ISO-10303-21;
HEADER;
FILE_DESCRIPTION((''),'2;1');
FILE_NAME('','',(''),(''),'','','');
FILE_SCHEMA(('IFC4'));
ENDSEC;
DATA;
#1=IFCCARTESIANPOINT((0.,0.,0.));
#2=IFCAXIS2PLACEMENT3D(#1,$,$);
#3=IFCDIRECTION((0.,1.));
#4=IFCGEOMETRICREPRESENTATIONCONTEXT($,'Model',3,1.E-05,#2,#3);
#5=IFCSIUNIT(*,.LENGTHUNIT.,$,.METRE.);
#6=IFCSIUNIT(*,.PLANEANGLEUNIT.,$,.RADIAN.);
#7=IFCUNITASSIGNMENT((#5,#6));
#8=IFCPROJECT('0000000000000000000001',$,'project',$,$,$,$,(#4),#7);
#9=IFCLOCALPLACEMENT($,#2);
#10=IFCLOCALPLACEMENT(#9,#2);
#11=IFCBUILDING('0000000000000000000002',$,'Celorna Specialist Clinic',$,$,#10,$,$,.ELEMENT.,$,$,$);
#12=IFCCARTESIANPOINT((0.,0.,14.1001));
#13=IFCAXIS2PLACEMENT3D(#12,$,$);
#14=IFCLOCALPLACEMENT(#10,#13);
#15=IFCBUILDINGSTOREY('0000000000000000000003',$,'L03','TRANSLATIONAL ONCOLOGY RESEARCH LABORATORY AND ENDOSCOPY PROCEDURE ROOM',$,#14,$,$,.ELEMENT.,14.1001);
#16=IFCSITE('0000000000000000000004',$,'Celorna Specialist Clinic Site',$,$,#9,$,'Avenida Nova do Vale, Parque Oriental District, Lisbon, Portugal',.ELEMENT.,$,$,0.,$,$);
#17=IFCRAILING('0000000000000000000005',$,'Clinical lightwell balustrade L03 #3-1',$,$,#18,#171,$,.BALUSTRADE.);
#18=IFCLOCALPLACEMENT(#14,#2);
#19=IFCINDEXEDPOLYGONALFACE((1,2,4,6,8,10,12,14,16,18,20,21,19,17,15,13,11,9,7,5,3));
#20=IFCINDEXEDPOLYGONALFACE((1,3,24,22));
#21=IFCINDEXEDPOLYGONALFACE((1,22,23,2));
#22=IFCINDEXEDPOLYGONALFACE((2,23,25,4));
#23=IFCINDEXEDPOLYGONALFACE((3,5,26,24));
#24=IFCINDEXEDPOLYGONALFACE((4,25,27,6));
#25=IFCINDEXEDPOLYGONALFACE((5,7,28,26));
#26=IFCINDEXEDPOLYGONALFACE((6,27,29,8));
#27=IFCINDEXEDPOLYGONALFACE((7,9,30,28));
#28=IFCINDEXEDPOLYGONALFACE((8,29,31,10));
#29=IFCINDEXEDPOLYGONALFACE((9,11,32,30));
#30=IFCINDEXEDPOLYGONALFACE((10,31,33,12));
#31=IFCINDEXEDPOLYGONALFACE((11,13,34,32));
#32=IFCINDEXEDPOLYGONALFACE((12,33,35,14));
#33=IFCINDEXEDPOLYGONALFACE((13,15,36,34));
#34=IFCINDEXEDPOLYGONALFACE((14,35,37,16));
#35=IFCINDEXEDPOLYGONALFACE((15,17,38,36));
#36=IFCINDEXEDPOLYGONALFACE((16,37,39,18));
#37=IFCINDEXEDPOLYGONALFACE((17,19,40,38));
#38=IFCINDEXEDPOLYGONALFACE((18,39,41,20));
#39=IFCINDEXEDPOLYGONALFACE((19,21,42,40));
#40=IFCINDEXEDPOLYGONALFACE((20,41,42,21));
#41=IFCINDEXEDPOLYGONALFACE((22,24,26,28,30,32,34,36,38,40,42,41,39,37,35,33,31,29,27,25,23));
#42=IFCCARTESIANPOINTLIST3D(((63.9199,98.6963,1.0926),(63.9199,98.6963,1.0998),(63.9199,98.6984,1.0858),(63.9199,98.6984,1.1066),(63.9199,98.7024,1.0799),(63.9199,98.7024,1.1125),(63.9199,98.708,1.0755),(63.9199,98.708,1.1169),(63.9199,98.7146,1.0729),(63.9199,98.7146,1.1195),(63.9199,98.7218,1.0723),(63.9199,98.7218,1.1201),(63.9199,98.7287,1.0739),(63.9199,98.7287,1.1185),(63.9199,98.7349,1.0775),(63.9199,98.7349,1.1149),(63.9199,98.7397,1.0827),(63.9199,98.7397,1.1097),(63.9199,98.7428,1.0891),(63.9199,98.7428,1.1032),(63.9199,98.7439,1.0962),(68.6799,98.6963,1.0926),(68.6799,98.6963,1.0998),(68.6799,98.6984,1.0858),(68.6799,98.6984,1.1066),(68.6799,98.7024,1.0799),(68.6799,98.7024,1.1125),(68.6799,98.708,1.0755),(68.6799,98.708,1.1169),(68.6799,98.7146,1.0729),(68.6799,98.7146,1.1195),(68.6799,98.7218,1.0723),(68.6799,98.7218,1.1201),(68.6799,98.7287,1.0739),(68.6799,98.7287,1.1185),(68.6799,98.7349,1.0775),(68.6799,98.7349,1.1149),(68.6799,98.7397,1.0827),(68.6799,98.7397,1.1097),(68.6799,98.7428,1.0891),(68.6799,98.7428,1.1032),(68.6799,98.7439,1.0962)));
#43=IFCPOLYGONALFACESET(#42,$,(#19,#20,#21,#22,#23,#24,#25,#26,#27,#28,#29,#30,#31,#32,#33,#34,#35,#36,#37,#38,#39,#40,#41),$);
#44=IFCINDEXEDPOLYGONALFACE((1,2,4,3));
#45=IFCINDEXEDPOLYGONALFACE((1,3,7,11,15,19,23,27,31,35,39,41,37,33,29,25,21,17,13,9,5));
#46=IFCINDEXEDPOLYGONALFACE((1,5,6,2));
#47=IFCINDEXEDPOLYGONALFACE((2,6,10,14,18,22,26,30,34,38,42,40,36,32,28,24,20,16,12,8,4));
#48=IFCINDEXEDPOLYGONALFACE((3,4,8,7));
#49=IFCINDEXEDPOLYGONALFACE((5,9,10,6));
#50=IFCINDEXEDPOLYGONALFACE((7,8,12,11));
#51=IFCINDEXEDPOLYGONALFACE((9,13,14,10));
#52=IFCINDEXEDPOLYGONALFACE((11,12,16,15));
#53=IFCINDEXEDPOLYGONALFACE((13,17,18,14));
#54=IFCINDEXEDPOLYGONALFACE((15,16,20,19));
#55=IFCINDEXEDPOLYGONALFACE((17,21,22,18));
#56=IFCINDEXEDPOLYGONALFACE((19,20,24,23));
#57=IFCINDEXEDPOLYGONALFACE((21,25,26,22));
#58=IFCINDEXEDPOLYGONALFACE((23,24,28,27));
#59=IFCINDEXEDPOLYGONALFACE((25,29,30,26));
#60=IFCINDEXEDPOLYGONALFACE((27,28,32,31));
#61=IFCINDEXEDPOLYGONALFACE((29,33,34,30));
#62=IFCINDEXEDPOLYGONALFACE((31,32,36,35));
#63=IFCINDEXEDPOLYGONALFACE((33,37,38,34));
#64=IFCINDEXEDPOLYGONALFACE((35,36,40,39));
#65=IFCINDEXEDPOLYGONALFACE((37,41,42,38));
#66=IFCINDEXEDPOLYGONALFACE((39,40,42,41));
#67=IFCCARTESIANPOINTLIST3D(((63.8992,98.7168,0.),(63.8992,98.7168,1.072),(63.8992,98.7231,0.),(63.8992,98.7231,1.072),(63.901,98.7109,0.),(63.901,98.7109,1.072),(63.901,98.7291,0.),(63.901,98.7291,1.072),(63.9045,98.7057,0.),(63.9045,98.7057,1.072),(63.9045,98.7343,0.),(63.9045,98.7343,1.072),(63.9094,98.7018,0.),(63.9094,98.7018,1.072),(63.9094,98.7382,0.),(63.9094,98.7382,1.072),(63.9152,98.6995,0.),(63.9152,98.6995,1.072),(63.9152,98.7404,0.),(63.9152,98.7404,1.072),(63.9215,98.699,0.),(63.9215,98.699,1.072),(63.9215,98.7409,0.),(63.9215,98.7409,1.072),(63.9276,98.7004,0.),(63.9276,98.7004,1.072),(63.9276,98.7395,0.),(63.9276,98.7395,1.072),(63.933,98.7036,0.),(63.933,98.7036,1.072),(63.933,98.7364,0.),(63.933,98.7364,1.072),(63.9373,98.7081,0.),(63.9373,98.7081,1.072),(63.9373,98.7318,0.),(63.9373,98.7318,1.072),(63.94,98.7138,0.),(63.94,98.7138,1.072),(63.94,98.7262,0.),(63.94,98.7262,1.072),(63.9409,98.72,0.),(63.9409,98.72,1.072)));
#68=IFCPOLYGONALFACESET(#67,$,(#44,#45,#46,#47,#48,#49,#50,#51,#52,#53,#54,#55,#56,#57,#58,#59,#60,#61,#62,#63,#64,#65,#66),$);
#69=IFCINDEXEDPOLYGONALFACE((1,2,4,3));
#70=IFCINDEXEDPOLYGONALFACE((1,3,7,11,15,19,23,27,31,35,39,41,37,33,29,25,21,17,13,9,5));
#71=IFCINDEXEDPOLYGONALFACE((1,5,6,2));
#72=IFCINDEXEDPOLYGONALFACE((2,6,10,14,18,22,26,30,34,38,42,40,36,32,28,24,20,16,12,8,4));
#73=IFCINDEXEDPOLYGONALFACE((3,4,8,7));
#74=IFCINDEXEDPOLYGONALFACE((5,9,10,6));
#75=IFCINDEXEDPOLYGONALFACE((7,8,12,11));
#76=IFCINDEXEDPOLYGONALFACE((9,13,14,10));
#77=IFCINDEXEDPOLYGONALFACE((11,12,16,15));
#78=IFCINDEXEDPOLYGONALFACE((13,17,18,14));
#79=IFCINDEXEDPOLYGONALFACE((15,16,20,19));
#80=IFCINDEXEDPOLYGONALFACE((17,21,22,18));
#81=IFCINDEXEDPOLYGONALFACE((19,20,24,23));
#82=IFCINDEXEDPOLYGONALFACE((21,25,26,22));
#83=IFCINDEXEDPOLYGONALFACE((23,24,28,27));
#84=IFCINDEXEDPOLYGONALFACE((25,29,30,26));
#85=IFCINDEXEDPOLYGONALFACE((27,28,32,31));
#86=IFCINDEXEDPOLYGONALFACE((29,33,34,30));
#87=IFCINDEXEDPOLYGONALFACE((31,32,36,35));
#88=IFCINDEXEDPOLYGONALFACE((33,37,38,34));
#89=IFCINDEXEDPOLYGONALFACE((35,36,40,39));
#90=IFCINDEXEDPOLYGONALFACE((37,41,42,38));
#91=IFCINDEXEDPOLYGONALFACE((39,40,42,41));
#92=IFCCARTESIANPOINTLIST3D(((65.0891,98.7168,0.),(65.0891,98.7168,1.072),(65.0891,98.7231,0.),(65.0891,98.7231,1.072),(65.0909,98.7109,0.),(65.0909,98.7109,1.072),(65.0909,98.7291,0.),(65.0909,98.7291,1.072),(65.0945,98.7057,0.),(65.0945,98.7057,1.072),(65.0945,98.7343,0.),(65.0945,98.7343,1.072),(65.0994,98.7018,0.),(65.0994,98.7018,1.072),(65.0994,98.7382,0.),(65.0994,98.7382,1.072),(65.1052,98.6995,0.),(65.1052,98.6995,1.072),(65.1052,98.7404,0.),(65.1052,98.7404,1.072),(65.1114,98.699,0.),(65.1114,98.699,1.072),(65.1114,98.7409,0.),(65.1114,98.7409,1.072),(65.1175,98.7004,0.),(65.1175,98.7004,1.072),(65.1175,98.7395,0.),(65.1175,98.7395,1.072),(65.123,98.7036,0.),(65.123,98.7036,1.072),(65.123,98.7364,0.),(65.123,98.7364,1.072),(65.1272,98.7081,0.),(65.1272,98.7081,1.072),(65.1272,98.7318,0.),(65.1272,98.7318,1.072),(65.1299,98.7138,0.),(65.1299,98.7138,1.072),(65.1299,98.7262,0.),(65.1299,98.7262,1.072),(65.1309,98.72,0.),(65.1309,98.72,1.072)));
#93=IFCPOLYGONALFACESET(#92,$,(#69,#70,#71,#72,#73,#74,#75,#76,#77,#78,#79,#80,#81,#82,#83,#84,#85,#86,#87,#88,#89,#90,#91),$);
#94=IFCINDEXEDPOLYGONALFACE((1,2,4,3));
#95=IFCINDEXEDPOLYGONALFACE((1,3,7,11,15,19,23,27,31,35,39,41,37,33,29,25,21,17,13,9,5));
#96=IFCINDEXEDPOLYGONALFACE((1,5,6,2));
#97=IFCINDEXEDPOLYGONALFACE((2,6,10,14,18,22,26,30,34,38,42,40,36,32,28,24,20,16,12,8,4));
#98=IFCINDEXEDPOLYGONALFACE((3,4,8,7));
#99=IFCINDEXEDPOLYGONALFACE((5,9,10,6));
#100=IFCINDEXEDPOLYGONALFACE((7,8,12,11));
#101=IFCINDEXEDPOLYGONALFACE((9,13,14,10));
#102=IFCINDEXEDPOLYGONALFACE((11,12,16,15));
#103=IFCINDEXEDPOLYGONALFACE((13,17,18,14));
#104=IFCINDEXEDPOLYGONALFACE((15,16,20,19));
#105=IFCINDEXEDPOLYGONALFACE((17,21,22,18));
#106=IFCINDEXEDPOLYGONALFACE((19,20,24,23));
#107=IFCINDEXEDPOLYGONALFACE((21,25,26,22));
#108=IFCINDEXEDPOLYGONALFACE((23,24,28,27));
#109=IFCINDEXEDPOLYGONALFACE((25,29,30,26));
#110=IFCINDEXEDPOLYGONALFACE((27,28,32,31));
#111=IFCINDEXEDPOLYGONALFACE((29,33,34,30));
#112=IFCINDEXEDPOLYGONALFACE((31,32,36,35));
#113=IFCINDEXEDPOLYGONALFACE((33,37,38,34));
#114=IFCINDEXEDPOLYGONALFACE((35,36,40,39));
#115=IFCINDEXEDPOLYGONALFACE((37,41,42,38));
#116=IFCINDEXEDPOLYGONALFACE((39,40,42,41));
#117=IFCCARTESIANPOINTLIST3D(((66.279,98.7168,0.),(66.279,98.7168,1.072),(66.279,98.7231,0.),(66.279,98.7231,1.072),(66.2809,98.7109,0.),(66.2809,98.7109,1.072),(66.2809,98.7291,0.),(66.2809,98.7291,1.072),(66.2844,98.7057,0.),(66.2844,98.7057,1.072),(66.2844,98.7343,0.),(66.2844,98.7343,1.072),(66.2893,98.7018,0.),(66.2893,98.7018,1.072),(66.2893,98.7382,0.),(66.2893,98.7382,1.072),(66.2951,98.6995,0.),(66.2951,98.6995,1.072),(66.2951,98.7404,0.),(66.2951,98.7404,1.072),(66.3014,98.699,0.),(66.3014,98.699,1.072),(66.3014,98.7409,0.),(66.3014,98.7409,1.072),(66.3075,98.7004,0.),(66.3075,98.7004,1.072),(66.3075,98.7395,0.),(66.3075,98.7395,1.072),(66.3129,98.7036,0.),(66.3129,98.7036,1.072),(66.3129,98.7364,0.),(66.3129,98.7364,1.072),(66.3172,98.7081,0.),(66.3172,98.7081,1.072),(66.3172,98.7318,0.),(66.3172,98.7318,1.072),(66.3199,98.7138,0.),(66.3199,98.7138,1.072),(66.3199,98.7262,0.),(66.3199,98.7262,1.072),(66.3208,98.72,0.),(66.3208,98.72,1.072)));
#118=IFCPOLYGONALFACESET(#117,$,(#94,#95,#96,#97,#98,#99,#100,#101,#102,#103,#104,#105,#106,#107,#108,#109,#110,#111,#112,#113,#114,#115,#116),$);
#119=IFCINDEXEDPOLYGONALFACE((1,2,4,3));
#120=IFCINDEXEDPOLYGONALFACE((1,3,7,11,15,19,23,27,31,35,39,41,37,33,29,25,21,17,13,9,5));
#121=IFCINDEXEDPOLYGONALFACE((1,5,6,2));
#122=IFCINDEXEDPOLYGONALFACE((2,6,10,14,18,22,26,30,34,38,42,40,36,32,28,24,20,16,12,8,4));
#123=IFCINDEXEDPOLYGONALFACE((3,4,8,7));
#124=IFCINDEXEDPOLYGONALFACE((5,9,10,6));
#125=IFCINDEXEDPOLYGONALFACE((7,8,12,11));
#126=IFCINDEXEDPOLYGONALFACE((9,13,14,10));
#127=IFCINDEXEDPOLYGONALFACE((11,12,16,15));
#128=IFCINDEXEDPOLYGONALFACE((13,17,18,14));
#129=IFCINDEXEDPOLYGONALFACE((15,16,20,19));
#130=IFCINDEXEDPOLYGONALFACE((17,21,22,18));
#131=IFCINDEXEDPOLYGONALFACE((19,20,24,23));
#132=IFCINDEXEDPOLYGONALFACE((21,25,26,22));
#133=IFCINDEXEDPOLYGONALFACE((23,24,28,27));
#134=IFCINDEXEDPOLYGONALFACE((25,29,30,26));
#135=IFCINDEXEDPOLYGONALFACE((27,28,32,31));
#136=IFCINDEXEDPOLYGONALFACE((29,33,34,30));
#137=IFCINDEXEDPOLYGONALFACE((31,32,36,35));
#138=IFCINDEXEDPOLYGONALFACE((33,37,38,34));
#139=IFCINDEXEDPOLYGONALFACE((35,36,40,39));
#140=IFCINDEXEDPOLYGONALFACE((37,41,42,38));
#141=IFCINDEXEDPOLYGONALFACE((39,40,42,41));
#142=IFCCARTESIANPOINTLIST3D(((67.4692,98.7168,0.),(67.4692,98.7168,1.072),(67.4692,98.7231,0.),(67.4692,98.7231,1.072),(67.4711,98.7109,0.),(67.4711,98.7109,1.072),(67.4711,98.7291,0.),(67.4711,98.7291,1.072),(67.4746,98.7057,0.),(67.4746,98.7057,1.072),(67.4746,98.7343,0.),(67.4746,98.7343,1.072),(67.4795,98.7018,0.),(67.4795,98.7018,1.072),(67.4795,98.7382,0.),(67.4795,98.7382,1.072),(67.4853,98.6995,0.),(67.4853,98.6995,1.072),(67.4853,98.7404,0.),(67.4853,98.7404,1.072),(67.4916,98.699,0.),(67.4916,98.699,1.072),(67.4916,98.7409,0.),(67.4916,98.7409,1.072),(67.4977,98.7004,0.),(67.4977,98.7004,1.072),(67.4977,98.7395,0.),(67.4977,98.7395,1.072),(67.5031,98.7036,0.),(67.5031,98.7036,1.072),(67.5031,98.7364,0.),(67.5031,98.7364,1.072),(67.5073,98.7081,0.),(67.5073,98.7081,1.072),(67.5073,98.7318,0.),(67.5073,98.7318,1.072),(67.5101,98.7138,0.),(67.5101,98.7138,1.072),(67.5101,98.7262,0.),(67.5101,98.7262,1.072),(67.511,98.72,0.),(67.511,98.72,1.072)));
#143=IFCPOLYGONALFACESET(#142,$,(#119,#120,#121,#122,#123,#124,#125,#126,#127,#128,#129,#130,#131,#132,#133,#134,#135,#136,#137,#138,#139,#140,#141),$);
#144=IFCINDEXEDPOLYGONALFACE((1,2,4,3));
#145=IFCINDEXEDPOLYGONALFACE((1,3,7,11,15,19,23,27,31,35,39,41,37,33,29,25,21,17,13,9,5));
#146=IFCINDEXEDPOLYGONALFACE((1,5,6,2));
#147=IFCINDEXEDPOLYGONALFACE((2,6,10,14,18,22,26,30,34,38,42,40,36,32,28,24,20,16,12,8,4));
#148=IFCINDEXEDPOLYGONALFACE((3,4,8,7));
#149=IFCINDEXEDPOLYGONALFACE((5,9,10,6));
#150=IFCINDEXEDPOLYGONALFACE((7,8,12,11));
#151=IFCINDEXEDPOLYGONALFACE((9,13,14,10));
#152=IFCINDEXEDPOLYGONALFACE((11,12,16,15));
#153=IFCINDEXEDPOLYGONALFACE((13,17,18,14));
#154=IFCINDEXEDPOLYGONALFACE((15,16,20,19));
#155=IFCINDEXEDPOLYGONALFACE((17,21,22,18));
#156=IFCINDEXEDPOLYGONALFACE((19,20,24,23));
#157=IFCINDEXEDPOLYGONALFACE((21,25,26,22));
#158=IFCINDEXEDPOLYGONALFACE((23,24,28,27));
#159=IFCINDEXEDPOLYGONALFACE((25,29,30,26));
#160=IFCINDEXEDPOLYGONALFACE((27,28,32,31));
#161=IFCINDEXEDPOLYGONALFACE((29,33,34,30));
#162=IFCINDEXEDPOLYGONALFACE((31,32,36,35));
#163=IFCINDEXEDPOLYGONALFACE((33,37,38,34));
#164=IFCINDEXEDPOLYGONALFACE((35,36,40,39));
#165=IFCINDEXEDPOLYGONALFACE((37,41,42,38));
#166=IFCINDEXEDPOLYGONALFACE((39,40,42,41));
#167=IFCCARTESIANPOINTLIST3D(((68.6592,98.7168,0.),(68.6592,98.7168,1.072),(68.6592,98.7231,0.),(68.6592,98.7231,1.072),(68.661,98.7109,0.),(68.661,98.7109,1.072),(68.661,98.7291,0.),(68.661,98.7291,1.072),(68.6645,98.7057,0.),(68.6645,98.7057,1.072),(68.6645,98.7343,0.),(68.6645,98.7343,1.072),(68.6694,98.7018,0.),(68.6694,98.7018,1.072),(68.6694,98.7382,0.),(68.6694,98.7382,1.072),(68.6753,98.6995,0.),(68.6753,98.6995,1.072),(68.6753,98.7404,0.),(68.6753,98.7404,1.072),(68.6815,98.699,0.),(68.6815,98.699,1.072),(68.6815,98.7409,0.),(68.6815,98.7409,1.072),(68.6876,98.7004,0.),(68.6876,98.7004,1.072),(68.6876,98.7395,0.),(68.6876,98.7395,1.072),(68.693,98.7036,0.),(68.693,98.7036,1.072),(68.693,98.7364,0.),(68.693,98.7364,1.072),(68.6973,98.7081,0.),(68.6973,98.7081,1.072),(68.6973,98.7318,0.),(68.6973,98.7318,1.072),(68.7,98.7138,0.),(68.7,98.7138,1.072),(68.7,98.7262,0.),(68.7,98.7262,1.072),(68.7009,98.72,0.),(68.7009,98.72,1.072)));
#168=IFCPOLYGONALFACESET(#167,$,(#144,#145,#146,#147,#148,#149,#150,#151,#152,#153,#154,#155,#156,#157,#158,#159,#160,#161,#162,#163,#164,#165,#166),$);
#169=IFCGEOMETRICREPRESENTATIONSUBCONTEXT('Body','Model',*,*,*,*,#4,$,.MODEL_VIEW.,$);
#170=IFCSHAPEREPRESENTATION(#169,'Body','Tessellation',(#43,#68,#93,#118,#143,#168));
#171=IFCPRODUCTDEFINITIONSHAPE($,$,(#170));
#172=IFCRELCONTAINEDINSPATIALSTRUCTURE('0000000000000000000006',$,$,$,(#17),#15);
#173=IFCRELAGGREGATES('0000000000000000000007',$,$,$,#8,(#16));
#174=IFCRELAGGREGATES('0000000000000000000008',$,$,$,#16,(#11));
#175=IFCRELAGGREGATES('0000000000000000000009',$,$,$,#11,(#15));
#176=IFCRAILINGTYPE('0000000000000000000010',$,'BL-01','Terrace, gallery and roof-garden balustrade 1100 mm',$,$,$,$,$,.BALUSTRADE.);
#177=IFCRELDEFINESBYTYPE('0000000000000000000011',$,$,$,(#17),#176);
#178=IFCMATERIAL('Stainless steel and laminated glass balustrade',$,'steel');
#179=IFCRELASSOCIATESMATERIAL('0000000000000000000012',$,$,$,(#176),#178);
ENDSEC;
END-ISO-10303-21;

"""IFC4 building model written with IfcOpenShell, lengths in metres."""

from ifc_helpers import new_model, si_unit, direction, frame, origin, origin_2d, place, context, subcontext, project, spatial, circle, extrude, material, type_object, element, save


model = new_model("IFC4")

# Units and contexts
model_context = context("Model", 3, precision=1e-05, world=origin(), true_north=direction((0.0, 1.0)))
body_context = subcontext(model_context, "Body", "Model", "MODEL_VIEW")
ifc_project = project(units=[si_unit("LENGTHUNIT", "METRE"), si_unit("PLANEANGLEUNIT", "RADIAN")], contexts=[model_context])

# Site, building, storey
site_placement = place(None, origin())
site = spatial("IfcSite", under=ifc_project, at=site_placement, Name="Celorna Specialist Clinic Site", LongName="Avenida Nova do Vale, Parque Oriental District, Lisbon, Portugal", CompositionType="ELEMENT", RefElevation=0.0)
building_placement = place(site_placement, origin())
building = spatial("IfcBuilding", under=site, at=building_placement, Name="Celorna Specialist Clinic", CompositionType="ELEMENT")
storey_placement = place(building_placement, frame((0.0, 0.0, 14.1001)))
storey = spatial("IfcBuildingStorey", under=building, at=storey_placement, Name="L03", Description="TRANSLATIONAL ONCOLOGY RESEARCH LABORATORY AND ENDOSCOPY PROCEDURE ROOM", CompositionType="ELEMENT", Elevation=14.1001)

# Railing
ifc_material_1 = material(Name="Stainless steel and laminated glass balustrade", Category="steel")
railing_type = type_object("IfcRailingType", Name="BL-01", Description="Terrace, gallery and roof-garden balustrade 1100 mm", PredefinedType="BALUSTRADE", material=ifc_material_1)
railing_1_placement = place(storey_placement, frame((63.9199, 98.72, 0.0)))
element("IfcRailing", 1, at=railing_1_placement, inside=storey, type_object=railing_type, Name="Clinical lightwell balustrade L03 #3-1", PredefinedType="BALUSTRADE", context=body_context, shape_type="SweptSolid", body=[
    extrude(circle(Radius=0.0239, at=origin_2d()), frame((0.0, 0.0, 1.0962), z_axis=(1.0, 0.0, 0.0), x_axis=(0.0, 1.0, 0.0)), (0.0, 0.0, 1.0), 4.76),
    extrude(circle(Radius=0.021, at=origin_2d()), origin(), (0.0, 0.0, 1.0), 1.072),
    extrude(circle(Radius=0.021, at=origin_2d()), frame((1.1899, 0.0, 0.0)), (0.0, 0.0, 1.0), 1.072),
    extrude(circle(Radius=0.021, at=origin_2d()), frame((2.3799, 0.0, 0.0)), (0.0, 0.0, 1.0), 1.072),
    extrude(circle(Radius=0.021, at=origin_2d()), frame((3.5701, 0.0, 0.0)), (0.0, 0.0, 1.0), 1.072),
    extrude(circle(Radius=0.021, at=origin_2d()), frame((4.76, 0.0, 0.0)), (0.0, 0.0, 1.0), 1.072),
])

save(model, "model.ifc")
